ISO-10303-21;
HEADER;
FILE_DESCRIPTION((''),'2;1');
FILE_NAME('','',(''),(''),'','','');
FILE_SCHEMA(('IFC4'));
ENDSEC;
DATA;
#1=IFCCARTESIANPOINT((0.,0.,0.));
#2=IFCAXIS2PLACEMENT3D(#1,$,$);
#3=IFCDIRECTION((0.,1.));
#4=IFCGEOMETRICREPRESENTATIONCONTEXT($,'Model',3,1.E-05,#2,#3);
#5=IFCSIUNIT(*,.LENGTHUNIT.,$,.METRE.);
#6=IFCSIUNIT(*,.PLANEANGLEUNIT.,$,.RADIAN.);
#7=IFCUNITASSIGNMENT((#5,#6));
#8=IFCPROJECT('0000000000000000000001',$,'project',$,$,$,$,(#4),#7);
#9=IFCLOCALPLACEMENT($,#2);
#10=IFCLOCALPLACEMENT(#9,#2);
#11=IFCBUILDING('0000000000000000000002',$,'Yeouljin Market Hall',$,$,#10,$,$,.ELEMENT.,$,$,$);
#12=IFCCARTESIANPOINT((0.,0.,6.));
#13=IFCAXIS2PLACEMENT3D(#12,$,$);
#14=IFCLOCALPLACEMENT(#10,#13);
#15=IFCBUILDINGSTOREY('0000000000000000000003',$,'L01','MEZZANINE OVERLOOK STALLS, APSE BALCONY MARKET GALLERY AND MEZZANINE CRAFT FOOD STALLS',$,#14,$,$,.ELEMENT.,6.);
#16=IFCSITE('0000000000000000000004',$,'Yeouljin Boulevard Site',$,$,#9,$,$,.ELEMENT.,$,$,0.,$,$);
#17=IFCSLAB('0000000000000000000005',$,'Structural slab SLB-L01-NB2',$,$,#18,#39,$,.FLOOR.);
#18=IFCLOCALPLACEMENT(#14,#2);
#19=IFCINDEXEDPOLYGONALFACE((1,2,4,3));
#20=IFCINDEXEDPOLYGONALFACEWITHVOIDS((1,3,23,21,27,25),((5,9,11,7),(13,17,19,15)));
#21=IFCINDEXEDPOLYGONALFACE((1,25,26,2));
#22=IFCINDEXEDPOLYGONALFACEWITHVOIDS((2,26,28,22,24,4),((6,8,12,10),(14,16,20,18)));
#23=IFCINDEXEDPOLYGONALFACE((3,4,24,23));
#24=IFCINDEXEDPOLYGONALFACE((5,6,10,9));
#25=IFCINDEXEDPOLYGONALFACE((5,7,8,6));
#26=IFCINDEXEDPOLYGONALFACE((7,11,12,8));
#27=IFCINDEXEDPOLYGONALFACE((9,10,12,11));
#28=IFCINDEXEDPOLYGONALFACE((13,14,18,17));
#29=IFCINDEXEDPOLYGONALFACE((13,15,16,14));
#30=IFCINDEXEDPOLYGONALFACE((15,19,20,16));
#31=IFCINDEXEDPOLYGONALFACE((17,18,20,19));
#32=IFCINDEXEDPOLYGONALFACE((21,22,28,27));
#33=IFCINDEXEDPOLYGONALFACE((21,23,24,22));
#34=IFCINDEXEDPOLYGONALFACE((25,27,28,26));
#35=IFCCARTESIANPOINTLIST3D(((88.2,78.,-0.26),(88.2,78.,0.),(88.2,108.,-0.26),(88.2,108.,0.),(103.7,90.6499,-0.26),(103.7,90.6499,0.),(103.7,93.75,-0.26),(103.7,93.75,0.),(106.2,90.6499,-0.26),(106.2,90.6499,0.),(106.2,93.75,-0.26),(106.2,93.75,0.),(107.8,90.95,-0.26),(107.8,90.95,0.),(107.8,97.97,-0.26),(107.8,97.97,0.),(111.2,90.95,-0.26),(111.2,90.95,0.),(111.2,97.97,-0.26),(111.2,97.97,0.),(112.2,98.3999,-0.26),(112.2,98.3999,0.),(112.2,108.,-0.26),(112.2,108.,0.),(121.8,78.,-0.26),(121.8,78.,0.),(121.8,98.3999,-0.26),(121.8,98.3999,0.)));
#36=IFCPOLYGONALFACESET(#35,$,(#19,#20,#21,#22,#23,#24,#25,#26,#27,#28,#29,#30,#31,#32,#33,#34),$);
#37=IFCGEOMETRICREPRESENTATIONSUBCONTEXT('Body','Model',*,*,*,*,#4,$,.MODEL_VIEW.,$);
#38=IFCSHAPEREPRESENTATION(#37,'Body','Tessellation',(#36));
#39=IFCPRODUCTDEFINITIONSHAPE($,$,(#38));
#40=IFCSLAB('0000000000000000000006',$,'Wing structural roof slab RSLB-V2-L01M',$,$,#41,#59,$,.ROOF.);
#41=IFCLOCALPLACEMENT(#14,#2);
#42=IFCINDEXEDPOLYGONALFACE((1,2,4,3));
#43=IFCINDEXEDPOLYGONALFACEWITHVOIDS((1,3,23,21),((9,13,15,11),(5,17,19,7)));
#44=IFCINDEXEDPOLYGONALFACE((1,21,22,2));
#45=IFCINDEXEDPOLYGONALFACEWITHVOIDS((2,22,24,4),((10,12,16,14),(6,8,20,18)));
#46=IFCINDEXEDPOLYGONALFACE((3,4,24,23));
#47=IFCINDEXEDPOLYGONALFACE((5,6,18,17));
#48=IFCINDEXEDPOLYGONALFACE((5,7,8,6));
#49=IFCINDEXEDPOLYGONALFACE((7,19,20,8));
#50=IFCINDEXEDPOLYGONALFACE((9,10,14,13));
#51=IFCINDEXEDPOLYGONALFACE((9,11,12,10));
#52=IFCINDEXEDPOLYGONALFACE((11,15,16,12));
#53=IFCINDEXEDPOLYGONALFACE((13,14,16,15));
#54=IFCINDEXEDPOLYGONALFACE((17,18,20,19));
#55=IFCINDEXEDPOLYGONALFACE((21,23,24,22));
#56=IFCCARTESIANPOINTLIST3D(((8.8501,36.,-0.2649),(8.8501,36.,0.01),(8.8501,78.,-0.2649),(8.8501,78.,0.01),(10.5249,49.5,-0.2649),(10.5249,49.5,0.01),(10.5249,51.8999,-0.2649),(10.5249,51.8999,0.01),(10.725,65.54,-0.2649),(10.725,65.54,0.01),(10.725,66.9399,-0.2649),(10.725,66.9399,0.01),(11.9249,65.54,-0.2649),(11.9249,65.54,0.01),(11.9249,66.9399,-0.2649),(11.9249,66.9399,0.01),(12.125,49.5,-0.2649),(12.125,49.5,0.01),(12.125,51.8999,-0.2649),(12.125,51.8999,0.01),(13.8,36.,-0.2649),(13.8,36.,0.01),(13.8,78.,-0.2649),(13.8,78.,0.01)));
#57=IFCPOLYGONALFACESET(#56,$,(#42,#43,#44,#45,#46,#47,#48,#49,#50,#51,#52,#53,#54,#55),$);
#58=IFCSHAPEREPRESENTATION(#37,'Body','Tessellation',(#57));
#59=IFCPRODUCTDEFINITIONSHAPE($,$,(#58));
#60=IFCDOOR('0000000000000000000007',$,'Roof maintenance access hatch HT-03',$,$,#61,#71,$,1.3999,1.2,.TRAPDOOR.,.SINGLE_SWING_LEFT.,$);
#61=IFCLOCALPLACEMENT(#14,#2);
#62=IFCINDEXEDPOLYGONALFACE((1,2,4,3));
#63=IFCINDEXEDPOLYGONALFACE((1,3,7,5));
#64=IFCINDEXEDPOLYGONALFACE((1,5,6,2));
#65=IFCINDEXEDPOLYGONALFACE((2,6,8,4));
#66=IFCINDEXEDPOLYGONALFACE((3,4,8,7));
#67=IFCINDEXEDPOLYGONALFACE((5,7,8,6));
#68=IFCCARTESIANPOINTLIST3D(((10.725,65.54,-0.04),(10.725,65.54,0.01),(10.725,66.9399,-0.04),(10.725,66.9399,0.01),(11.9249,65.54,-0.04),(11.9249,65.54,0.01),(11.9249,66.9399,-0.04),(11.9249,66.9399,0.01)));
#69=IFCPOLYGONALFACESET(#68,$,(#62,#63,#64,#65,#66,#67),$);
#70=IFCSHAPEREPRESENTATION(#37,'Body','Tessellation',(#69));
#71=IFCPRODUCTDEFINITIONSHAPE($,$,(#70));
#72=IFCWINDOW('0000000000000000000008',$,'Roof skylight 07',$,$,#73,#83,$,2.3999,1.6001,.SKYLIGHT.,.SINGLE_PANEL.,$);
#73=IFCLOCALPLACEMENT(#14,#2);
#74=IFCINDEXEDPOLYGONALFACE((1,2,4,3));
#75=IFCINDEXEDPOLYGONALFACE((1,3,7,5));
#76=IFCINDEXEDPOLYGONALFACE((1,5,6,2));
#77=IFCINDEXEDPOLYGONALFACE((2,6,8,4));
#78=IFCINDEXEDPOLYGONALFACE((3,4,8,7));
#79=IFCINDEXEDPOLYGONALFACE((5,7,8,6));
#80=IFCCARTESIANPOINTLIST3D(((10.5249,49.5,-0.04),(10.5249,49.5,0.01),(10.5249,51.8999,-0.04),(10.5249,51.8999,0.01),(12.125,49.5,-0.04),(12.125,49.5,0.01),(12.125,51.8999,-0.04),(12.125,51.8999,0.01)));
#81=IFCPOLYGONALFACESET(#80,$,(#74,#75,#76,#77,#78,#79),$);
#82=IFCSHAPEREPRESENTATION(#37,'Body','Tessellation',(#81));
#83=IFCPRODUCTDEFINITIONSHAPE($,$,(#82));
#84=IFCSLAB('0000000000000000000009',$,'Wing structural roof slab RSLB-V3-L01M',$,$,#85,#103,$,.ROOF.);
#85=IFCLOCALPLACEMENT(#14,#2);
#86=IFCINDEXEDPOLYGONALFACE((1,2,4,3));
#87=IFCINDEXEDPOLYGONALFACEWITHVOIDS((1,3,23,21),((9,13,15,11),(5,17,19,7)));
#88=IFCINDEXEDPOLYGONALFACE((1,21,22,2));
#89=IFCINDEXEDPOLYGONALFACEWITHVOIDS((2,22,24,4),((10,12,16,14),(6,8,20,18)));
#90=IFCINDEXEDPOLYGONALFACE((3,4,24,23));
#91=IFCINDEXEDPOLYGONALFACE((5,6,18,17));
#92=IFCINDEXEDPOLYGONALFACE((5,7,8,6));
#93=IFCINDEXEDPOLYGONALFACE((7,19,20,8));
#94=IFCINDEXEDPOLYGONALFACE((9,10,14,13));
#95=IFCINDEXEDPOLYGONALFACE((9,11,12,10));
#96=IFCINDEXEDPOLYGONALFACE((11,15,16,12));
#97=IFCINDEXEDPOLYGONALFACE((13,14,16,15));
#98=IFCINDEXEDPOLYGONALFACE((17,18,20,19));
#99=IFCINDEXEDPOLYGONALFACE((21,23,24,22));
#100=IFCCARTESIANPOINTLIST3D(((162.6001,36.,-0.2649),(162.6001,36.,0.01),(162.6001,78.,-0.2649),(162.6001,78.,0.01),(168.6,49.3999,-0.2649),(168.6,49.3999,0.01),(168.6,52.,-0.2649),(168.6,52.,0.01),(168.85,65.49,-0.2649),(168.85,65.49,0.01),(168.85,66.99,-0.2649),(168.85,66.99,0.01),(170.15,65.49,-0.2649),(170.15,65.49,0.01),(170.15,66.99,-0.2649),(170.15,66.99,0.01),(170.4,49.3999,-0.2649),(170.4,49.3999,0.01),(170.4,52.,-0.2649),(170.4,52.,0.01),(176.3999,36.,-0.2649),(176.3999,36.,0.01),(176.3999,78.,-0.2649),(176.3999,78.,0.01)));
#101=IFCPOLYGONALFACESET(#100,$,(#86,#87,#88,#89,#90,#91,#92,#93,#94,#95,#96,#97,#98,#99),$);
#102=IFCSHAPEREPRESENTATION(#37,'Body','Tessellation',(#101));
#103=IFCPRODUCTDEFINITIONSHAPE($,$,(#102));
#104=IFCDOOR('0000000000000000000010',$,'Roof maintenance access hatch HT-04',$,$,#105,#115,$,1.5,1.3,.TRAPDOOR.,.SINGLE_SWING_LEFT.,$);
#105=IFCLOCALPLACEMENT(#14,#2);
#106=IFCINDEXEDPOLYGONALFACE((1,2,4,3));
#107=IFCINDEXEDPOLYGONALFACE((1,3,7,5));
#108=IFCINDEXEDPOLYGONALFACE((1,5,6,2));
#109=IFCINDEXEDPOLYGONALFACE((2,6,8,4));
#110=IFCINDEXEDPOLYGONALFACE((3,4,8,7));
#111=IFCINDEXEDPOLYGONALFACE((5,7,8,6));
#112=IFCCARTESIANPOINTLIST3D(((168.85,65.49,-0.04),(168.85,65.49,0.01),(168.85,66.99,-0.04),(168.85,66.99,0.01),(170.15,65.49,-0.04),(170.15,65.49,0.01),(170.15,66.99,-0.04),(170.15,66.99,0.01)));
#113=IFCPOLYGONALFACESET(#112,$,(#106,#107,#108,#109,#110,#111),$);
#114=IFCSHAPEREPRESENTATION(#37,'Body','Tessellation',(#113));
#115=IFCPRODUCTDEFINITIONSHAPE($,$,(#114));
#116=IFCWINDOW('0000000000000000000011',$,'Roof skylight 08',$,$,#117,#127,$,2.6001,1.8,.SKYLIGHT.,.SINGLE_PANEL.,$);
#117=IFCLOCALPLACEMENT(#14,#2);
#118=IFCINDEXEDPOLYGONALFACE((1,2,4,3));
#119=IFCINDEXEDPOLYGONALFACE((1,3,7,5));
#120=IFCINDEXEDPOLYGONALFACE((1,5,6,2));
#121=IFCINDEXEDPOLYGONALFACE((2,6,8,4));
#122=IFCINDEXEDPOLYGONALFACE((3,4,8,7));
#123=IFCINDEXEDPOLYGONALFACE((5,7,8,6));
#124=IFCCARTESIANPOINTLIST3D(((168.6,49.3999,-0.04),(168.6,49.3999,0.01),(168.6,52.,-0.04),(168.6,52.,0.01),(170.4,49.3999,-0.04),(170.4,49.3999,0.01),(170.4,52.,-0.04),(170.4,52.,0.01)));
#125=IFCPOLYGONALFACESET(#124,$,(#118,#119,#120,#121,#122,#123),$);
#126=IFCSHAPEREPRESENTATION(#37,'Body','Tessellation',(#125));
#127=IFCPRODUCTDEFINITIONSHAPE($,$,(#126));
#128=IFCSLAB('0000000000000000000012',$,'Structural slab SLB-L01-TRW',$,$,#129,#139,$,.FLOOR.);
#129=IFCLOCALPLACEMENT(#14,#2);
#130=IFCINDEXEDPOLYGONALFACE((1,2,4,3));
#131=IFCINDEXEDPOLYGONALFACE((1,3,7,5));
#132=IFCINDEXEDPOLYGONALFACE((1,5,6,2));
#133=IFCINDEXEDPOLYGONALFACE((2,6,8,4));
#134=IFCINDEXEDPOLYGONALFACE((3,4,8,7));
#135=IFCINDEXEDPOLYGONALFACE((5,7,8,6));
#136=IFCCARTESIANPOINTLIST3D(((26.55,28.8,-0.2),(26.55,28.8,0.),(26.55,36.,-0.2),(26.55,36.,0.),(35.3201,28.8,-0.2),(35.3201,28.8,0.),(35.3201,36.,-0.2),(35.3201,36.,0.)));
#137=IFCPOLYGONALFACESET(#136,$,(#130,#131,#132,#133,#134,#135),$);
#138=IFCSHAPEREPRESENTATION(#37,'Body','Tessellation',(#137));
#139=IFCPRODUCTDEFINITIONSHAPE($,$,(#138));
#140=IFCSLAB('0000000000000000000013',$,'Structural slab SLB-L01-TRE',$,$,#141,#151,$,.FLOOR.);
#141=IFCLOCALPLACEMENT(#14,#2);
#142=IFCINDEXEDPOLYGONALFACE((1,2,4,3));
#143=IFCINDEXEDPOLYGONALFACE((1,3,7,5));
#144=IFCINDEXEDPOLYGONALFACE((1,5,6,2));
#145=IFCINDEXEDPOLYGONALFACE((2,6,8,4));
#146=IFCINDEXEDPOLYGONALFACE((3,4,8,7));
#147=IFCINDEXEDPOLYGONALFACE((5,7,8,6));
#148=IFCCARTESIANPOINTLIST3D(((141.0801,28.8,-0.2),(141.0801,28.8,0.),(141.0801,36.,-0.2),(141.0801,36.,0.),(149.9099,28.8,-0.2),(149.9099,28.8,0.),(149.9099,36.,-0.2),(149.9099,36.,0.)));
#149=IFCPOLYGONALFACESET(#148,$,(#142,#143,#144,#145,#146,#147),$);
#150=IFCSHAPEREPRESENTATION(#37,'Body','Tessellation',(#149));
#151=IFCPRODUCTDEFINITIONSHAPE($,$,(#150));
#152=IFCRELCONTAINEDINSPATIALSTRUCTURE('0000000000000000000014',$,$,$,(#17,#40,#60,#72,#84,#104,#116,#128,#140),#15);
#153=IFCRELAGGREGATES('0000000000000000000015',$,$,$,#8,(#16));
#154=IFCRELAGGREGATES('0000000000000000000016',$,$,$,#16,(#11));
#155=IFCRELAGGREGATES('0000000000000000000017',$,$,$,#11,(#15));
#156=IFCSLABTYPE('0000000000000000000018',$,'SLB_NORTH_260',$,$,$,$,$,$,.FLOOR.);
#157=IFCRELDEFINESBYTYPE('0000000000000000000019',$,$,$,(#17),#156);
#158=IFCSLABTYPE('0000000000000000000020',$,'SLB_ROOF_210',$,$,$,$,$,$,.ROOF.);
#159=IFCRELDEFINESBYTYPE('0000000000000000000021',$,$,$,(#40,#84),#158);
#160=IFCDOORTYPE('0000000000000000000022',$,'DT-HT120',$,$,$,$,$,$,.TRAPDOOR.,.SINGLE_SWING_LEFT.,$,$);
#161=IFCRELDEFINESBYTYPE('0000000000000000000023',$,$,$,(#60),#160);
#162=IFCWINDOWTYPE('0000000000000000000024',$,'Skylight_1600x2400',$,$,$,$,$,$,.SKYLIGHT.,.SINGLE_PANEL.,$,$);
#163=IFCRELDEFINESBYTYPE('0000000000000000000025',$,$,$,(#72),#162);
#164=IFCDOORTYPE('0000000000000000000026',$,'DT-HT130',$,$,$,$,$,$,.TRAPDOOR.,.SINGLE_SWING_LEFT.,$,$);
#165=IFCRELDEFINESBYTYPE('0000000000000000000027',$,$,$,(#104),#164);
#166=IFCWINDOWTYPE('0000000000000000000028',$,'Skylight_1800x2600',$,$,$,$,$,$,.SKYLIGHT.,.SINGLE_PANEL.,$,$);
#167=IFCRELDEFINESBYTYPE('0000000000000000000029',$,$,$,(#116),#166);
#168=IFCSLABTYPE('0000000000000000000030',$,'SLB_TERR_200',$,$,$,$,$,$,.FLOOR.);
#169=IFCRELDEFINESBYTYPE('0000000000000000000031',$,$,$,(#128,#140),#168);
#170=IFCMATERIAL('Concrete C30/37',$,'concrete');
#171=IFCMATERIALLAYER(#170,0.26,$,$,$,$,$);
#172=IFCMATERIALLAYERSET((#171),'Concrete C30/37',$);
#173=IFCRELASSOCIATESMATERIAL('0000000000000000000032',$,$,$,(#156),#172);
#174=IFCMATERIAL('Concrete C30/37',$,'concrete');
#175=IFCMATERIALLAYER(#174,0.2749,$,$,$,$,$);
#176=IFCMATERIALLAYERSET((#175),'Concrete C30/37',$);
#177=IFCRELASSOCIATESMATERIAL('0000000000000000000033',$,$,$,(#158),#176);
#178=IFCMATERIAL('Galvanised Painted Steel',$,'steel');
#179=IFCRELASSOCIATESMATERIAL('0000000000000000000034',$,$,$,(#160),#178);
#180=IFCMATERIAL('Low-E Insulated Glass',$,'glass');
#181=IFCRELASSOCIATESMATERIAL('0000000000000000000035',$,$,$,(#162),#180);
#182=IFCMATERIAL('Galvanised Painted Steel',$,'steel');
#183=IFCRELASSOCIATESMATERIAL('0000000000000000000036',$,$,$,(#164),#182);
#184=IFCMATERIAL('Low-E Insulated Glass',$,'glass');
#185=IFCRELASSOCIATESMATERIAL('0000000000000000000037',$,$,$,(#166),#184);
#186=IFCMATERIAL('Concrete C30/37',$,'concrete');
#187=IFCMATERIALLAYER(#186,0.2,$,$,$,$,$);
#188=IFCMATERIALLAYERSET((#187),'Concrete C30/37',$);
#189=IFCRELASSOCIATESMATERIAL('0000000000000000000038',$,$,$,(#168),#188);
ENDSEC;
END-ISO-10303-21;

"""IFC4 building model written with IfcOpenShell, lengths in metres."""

from ifc_helpers import new_model, si_unit, direction, frame, origin, origin_2d, place, context, subcontext, project, spatial, polyline, rectangle, outline, extrude, material, layer, layer_set, type_object, element, fill, save


model = new_model("IFC4")

# Units and contexts
model_context = context("Model", 3, precision=1e-05, world=origin(), true_north=direction((0.0, 1.0)))
body_context = subcontext(model_context, "Body", "Model", "MODEL_VIEW")
ifc_project = project(units=[si_unit("LENGTHUNIT", "METRE"), si_unit("PLANEANGLEUNIT", "RADIAN")], contexts=[model_context])

# Site, building, storey
site_placement = place(None, origin())
site = spatial("IfcSite", under=ifc_project, at=site_placement, Name="Yeouljin Boulevard Site", CompositionType="ELEMENT", RefElevation=0.0)
building_placement = place(site_placement, origin())
building = spatial("IfcBuilding", under=site, at=building_placement, Name="Yeouljin Market Hall", CompositionType="ELEMENT")
storey_placement = place(building_placement, frame((0.0, 0.0, 6.0)))
storey = spatial("IfcBuildingStorey", under=building, at=storey_placement, Name="L01", Description="MEZZANINE OVERLOOK STALLS, APSE BALCONY MARKET GALLERY AND MEZZANINE CRAFT FOOD STALLS", CompositionType="ELEMENT", Elevation=6.0)

# Slab
ifc_material_1 = material(Name="Concrete C30/37", Category="concrete")
ifc_layer_1 = layer(ifc_material_1, 0.26)
ifc_layer_set_1 = layer_set([ifc_layer_1], Name="Concrete C30/37")
slab_type_1 = type_object("IfcSlabType", Name="SLB_NORTH_260", PredefinedType="FLOOR", material=ifc_layer_set_1)
slab_1_placement = place(storey_placement, frame((0.0, 0.0, -0.26)))
element("IfcSlab", 1, at=slab_1_placement, inside=storey, type_object=slab_type_1, Name="Structural slab SLB-L01-NB2", PredefinedType="FLOOR", context=body_context, shape_type="SweptSolid", body=[
    extrude(outline(polyline([(88.2, 78.0), (121.8, 78.0), (121.8, 98.3999), (112.2, 98.3999), (112.2, 108.0), (88.2, 108.0), (88.2, 78.0)]), holes=[polyline([(107.8, 90.95), (111.2, 90.95), (111.2, 97.97), (107.8, 97.97), (107.8, 90.95)]), polyline([(103.7, 90.6499), (106.2, 90.6499), (106.2, 93.75), (103.7, 93.75), (103.7, 90.6499)])]), origin(), (0.0, 0.0, 1.0), 0.26),
])

# Slabs, openings, doors, windows
ifc_material_2 = material(Name="Concrete C30/37", Category="concrete")
ifc_layer_2 = layer(ifc_material_2, 0.2749)
ifc_layer_set_2 = layer_set([ifc_layer_2], Name="Concrete C30/37")
slab_type_2 = type_object("IfcSlabType", Name="SLB_ROOF_210", PredefinedType="ROOF", material=ifc_layer_set_2)
slab_2_placement = place(storey_placement, frame((0.0, 0.0, -0.2649)))
slab_2 = element("IfcSlab", 2, at=slab_2_placement, inside=storey, type_object=slab_type_2, Name="Wing structural roof slab RSLB-V2-L01M", PredefinedType="ROOF", context=body_context, shape_type="SweptSolid", body=[
    extrude(outline(polyline([(8.8501, 36.0), (13.8, 36.0), (13.8, 78.0), (8.8501, 78.0), (8.8501, 36.0)])), origin(), (0.0, 0.0, 1.0), 0.2749),
])
opening_1_placement = place(slab_2_placement, frame((11.325, 50.7, 0.0)))
opening_1 = element("IfcOpeningElement", 3, at=opening_1_placement, cuts=slab_2, PredefinedType="OPENING", context=body_context, shape_type="SweptSolid", body=[
    extrude(rectangle(XDim=1.6001, YDim=2.3999, at=origin_2d()), origin(), (0.0, 0.0, 1.0), 0.2749),
])
opening_2_placement = place(slab_2_placement, frame((11.325, 66.24, 0.0)))
opening_2 = element("IfcOpeningElement", 4, at=opening_2_placement, cuts=slab_2, PredefinedType="OPENING", context=body_context, shape_type="SweptSolid", body=[
    extrude(rectangle(XDim=1.2, YDim=1.3999, at=origin_2d()), origin(), (0.0, 0.0, 1.0), 0.2749),
])
ifc_material_3 = material(Name="Galvanised Painted Steel", Category="steel")
door_type_1 = type_object("IfcDoorType", Name="DT-HT120", OperationType="SINGLE_SWING_LEFT", PredefinedType="TRAPDOOR", material=ifc_material_3)
door_1_placement = place(opening_2_placement, frame((0.0, 0.0, 0.2249)))
door_1 = element("IfcDoor", 5, at=door_1_placement, inside=storey, type_object=door_type_1, Name="Roof maintenance access hatch HT-03", OperationType="SINGLE_SWING_LEFT", OverallHeight=1.3999, OverallWidth=1.2, PredefinedType="TRAPDOOR", context=body_context, shape_type="SweptSolid", body=[
    extrude(rectangle(XDim=1.2, YDim=1.3999, at=origin_2d()), origin(), (0.0, 0.0, 1.0), 0.05),
])
fill(opening_2, door_1)
ifc_material_4 = material(Name="Low-E Insulated Glass", Category="glass")
window_type_1 = type_object("IfcWindowType", Name="Skylight_1600x2400", PartitioningType="SINGLE_PANEL", PredefinedType="SKYLIGHT", material=ifc_material_4)
window_1_placement = place(opening_1_placement, frame((0.0, 0.0, 0.2249)))
window_1 = element("IfcWindow", 6, at=window_1_placement, inside=storey, type_object=window_type_1, Name="Roof skylight 07", OverallHeight=2.3999, OverallWidth=1.6001, PartitioningType="SINGLE_PANEL", PredefinedType="SKYLIGHT", context=body_context, shape_type="SweptSolid", body=[
    extrude(rectangle(XDim=1.6001, YDim=2.3999, at=origin_2d()), origin(), (0.0, 0.0, 1.0), 0.05),
])
fill(opening_1, window_1)
slab_3_placement = place(storey_placement, frame((0.0, 0.0, -0.2649)))
slab_3 = element("IfcSlab", 7, at=slab_3_placement, inside=storey, type_object=slab_type_2, Name="Wing structural roof slab RSLB-V3-L01M", PredefinedType="ROOF", context=body_context, shape_type="SweptSolid", body=[
    extrude(outline(polyline([(162.6001, 36.0), (176.3999, 36.0), (176.3999, 78.0), (162.6001, 78.0), (162.6001, 36.0)])), origin(), (0.0, 0.0, 1.0), 0.2749),
])
opening_3_placement = place(slab_3_placement, frame((169.5, 50.7, 0.0)))
opening_3 = element("IfcOpeningElement", 8, at=opening_3_placement, cuts=slab_3, PredefinedType="OPENING", context=body_context, shape_type="SweptSolid", body=[
    extrude(rectangle(XDim=1.8, YDim=2.6001, at=origin_2d()), origin(), (0.0, 0.0, 1.0), 0.2749),
])
opening_4_placement = place(slab_3_placement, frame((169.5, 66.24, 0.0)))
opening_4 = element("IfcOpeningElement", 9, at=opening_4_placement, cuts=slab_3, PredefinedType="OPENING", context=body_context, shape_type="SweptSolid", body=[
    extrude(rectangle(XDim=1.3, YDim=1.5, at=origin_2d()), origin(), (0.0, 0.0, 1.0), 0.2749),
])
ifc_material_5 = material(Name="Galvanised Painted Steel", Category="steel")
door_type_2 = type_object("IfcDoorType", Name="DT-HT130", OperationType="SINGLE_SWING_LEFT", PredefinedType="TRAPDOOR", material=ifc_material_5)
door_2_placement = place(opening_4_placement, frame((0.0, 0.0, 0.2249)))
door_2 = element("IfcDoor", 10, at=door_2_placement, inside=storey, type_object=door_type_2, Name="Roof maintenance access hatch HT-04", OperationType="SINGLE_SWING_LEFT", OverallHeight=1.5, OverallWidth=1.3, PredefinedType="TRAPDOOR", context=body_context, shape_type="SweptSolid", body=[
    extrude(rectangle(XDim=1.3, YDim=1.5, at=origin_2d()), origin(), (0.0, 0.0, 1.0), 0.05),
])
fill(opening_4, door_2)
ifc_material_6 = material(Name="Low-E Insulated Glass", Category="glass")
window_type_2 = type_object("IfcWindowType", Name="Skylight_1800x2600", PartitioningType="SINGLE_PANEL", PredefinedType="SKYLIGHT", material=ifc_material_6)
window_2_placement = place(opening_3_placement, frame((0.0, 0.0, 0.2249)))
window_2 = element("IfcWindow", 11, at=window_2_placement, inside=storey, type_object=window_type_2, Name="Roof skylight 08", OverallHeight=2.6001, OverallWidth=1.8, PartitioningType="SINGLE_PANEL", PredefinedType="SKYLIGHT", context=body_context, shape_type="SweptSolid", body=[
    extrude(rectangle(XDim=1.8, YDim=2.6001, at=origin_2d()), origin(), (0.0, 0.0, 1.0), 0.05),
])
fill(opening_3, window_2)

# Slabs
ifc_material_7 = material(Name="Concrete C30/37", Category="concrete")
ifc_layer_3 = layer(ifc_material_7, 0.2)
ifc_layer_set_3 = layer_set([ifc_layer_3], Name="Concrete C30/37")
slab_type_3 = type_object("IfcSlabType", Name="SLB_TERR_200", PredefinedType="FLOOR", material=ifc_layer_set_3)
slab_4_placement = place(storey_placement, frame((0.0, 0.0, -0.2)))
element("IfcSlab", 12, at=slab_4_placement, inside=storey, type_object=slab_type_3, Name="Structural slab SLB-L01-TRW", PredefinedType="FLOOR", context=body_context, shape_type="SweptSolid", body=[
    extrude(outline(polyline([(26.55, 28.8), (35.3201, 28.8), (35.3201, 36.0), (26.55, 36.0), (26.55, 28.8)])), origin(), (0.0, 0.0, 1.0), 0.2),
])
slab_5_placement = place(storey_placement, frame((0.0, 0.0, -0.2)))
element("IfcSlab", 13, at=slab_5_placement, inside=storey, type_object=slab_type_3, Name="Structural slab SLB-L01-TRE", PredefinedType="FLOOR", context=body_context, shape_type="SweptSolid", body=[
    extrude(outline(polyline([(141.0801, 28.8), (149.9099, 28.8), (149.9099, 36.0), (141.0801, 36.0), (141.0801, 28.8)])), origin(), (0.0, 0.0, 1.0), 0.2),
])

save(model, "model.ifc")
